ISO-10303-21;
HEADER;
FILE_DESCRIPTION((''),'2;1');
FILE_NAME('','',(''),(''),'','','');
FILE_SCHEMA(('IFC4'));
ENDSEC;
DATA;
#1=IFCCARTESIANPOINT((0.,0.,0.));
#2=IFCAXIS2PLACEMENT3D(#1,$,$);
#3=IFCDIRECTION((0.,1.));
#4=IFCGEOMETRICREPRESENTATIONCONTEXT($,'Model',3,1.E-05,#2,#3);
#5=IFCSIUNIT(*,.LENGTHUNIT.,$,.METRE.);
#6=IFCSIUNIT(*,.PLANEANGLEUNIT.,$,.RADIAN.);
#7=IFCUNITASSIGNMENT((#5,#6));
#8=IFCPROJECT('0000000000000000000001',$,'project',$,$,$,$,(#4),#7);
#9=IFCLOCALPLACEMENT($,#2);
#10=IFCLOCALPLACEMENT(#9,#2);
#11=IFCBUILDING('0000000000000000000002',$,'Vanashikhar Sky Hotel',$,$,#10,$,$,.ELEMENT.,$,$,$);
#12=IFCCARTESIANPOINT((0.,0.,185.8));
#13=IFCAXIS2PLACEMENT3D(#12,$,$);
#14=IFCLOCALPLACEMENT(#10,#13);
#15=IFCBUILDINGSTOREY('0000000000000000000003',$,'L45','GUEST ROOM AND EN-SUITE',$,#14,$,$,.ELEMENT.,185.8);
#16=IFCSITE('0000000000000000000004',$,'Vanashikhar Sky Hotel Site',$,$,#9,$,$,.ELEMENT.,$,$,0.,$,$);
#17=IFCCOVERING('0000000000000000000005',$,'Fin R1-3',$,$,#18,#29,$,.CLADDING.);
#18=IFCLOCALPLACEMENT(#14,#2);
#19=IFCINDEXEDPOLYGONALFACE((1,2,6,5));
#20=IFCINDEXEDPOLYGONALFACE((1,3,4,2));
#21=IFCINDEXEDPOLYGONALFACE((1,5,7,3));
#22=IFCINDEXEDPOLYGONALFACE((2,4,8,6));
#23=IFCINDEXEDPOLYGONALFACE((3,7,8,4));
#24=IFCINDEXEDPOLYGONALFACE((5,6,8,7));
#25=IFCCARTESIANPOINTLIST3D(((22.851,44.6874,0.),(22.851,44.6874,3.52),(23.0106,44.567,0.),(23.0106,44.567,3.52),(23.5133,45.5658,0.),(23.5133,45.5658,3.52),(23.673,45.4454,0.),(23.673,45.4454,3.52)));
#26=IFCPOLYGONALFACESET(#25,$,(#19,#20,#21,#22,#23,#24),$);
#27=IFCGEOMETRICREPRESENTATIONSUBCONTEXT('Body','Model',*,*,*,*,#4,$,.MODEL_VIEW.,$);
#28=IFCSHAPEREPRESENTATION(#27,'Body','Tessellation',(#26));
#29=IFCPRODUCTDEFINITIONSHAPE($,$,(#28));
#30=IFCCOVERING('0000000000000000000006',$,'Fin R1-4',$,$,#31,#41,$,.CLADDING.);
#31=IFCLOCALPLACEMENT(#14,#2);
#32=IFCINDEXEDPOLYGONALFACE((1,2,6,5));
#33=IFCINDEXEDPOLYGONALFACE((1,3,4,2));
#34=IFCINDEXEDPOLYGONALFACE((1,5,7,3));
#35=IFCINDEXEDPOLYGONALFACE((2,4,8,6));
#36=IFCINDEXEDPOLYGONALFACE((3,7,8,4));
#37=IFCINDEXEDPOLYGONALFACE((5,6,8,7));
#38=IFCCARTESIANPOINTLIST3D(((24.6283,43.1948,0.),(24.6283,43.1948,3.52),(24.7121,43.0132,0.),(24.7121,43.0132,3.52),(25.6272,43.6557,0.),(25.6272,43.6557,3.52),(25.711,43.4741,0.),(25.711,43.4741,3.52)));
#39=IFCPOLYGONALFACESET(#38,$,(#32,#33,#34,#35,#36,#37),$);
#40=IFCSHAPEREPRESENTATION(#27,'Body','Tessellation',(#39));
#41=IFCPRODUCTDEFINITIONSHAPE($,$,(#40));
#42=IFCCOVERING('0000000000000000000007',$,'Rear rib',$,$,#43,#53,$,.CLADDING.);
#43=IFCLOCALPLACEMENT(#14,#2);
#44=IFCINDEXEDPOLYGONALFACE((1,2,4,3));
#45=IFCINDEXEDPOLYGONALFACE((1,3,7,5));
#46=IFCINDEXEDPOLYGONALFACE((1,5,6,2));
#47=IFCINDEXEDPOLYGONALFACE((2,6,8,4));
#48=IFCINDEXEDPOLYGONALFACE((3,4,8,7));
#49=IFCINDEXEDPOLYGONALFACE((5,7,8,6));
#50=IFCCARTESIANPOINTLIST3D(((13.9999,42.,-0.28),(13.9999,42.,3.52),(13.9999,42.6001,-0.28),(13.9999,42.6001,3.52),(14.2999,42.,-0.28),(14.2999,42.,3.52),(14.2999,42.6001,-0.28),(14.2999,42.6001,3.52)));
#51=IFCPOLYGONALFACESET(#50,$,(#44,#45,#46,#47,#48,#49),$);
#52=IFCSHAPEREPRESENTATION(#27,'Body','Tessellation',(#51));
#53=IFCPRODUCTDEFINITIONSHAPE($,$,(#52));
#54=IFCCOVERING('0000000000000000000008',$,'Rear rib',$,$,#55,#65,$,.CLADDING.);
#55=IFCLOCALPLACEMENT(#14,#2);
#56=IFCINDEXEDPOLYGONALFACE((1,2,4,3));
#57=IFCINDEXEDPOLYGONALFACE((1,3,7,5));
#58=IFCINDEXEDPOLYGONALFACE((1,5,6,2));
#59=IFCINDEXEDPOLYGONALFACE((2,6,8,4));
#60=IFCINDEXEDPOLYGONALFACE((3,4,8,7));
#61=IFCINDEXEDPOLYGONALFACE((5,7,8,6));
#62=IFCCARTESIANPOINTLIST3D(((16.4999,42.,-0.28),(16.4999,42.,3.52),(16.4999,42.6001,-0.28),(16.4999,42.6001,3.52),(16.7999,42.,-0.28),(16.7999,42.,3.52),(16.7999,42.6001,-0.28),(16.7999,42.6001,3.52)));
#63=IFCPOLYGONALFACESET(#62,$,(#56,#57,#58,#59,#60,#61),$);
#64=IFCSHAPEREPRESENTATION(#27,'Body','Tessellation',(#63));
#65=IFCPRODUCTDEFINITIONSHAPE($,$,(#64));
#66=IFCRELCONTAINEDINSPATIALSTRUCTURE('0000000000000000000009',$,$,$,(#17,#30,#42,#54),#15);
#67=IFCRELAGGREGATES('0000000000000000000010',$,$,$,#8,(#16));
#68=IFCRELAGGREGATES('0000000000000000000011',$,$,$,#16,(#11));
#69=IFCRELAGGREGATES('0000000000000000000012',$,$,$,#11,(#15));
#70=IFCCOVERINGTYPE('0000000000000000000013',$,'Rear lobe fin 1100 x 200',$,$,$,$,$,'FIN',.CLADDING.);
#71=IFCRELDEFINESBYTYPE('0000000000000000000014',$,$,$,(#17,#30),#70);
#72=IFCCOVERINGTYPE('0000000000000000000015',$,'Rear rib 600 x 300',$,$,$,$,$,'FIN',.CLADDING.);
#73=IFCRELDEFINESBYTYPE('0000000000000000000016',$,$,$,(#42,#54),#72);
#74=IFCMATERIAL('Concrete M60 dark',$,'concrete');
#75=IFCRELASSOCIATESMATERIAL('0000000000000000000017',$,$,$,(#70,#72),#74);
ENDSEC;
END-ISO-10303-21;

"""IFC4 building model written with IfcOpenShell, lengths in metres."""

from ifc_helpers import new_model, si_unit, direction, frame, origin, origin_2d, place, context, subcontext, project, spatial, rectangle, extrude, source, transform, mapped, material, material_profile, profile_set, type_object, element, save


model = new_model("IFC4")

# Units and contexts
model_context = context("Model", 3, precision=1e-05, world=origin(), true_north=direction((0.0, 1.0)))
body_context = subcontext(model_context, "Body", "Model", "MODEL_VIEW")
ifc_project = project(units=[si_unit("LENGTHUNIT", "METRE"), si_unit("PLANEANGLEUNIT", "RADIAN")], contexts=[model_context])

# Site, building, storey
site_placement = place(None, origin())
site = spatial("IfcSite", under=ifc_project, at=site_placement, Name="Vanashikhar Sky Hotel Site", CompositionType="ELEMENT", RefElevation=0.0)
building_placement = place(site_placement, origin())
building = spatial("IfcBuilding", under=site, at=building_placement, Name="Vanashikhar Sky Hotel", CompositionType="ELEMENT")
storey_placement = place(building_placement, frame((0.0, 0.0, 185.8)))
storey = spatial("IfcBuildingStorey", under=building, at=storey_placement, Name="L45", Description="GUEST ROOM AND EN-SUITE", CompositionType="ELEMENT", Elevation=185.8)

# Coverings
ifc_material_1 = material(Name="Concrete M60 dark", Category="concrete")
ifc_material_profile_1 = material_profile(ifc_material_1, rectangle(XDim=1.1001, YDim=0.2, at=origin_2d()))
ifc_profile_set_1 = profile_set([ifc_material_profile_1], Name="Rear lobe fin 1100 x 200")
covering_type_1 = type_object("IfcCoveringType", Name="Rear lobe fin 1100 x 200", ElementType="FIN", PredefinedType="CLADDING", material=ifc_profile_set_1)
shared_shape_1 = source(origin(), body_context, "Body", "SweptSolid", [
    extrude(rectangle(XDim=1.1001, YDim=0.2, at=origin_2d()), origin(), (0.0, 0.0, 1.0), 3.52),
])
for number, where, z_axis, x_axis, name in (
    (1, (23.262, 45.0664, 0.0), (0.0, 0.0, 1.0), (0.602066, 0.798446, 0.0), "Fin R1-3"),
    (2, (25.1697, 43.3345, 0.0), (0.0, 0.0, 1.0), (0.908004, 0.418961, 0.0), "Fin R1-4"),
):
    element("IfcCovering", number, at=place(storey_placement, frame(where, z_axis=z_axis, x_axis=x_axis)), inside=storey, type_object=covering_type_1, Name=name, PredefinedType="CLADDING", context=body_context, shape_type="MappedRepresentation", body=[
        mapped(shared_shape_1, transform((0.0, 0.0, 0.0), scale=1.0)),
    ])
ifc_material_profile_2 = material_profile(ifc_material_1, rectangle(XDim=0.6001, YDim=0.3, at=origin_2d()))
ifc_profile_set_2 = profile_set([ifc_material_profile_2], Name="Rear rib 600 x 300")
covering_type_2 = type_object("IfcCoveringType", Name="Rear rib 600 x 300", ElementType="FIN", PredefinedType="CLADDING", material=ifc_profile_set_2)
shared_shape_2 = source(origin(), body_context, "Body", "SweptSolid", [
    extrude(rectangle(XDim=0.6001, YDim=0.3, at=origin_2d()), origin(), (0.0, 0.0, 1.0), 3.8),
])
for number, where, z_axis, x_axis, name in (
    (3, (14.1499, 42.3, -0.28), (0.0, 0.0, 1.0), (0.0, 1.0, 0.0), "Rear rib"),
    (4, (16.6499, 42.3, -0.28), (0.0, 0.0, 1.0), (0.0, 1.0, 0.0), "Rear rib"),
):
    element("IfcCovering", number, at=place(storey_placement, frame(where, z_axis=z_axis, x_axis=x_axis)), inside=storey, type_object=covering_type_2, Name=name, PredefinedType="CLADDING", context=body_context, shape_type="MappedRepresentation", body=[
        mapped(shared_shape_2, transform((0.0, 0.0, 0.0), scale=1.0)),
    ])

save(model, "model.ifc")
